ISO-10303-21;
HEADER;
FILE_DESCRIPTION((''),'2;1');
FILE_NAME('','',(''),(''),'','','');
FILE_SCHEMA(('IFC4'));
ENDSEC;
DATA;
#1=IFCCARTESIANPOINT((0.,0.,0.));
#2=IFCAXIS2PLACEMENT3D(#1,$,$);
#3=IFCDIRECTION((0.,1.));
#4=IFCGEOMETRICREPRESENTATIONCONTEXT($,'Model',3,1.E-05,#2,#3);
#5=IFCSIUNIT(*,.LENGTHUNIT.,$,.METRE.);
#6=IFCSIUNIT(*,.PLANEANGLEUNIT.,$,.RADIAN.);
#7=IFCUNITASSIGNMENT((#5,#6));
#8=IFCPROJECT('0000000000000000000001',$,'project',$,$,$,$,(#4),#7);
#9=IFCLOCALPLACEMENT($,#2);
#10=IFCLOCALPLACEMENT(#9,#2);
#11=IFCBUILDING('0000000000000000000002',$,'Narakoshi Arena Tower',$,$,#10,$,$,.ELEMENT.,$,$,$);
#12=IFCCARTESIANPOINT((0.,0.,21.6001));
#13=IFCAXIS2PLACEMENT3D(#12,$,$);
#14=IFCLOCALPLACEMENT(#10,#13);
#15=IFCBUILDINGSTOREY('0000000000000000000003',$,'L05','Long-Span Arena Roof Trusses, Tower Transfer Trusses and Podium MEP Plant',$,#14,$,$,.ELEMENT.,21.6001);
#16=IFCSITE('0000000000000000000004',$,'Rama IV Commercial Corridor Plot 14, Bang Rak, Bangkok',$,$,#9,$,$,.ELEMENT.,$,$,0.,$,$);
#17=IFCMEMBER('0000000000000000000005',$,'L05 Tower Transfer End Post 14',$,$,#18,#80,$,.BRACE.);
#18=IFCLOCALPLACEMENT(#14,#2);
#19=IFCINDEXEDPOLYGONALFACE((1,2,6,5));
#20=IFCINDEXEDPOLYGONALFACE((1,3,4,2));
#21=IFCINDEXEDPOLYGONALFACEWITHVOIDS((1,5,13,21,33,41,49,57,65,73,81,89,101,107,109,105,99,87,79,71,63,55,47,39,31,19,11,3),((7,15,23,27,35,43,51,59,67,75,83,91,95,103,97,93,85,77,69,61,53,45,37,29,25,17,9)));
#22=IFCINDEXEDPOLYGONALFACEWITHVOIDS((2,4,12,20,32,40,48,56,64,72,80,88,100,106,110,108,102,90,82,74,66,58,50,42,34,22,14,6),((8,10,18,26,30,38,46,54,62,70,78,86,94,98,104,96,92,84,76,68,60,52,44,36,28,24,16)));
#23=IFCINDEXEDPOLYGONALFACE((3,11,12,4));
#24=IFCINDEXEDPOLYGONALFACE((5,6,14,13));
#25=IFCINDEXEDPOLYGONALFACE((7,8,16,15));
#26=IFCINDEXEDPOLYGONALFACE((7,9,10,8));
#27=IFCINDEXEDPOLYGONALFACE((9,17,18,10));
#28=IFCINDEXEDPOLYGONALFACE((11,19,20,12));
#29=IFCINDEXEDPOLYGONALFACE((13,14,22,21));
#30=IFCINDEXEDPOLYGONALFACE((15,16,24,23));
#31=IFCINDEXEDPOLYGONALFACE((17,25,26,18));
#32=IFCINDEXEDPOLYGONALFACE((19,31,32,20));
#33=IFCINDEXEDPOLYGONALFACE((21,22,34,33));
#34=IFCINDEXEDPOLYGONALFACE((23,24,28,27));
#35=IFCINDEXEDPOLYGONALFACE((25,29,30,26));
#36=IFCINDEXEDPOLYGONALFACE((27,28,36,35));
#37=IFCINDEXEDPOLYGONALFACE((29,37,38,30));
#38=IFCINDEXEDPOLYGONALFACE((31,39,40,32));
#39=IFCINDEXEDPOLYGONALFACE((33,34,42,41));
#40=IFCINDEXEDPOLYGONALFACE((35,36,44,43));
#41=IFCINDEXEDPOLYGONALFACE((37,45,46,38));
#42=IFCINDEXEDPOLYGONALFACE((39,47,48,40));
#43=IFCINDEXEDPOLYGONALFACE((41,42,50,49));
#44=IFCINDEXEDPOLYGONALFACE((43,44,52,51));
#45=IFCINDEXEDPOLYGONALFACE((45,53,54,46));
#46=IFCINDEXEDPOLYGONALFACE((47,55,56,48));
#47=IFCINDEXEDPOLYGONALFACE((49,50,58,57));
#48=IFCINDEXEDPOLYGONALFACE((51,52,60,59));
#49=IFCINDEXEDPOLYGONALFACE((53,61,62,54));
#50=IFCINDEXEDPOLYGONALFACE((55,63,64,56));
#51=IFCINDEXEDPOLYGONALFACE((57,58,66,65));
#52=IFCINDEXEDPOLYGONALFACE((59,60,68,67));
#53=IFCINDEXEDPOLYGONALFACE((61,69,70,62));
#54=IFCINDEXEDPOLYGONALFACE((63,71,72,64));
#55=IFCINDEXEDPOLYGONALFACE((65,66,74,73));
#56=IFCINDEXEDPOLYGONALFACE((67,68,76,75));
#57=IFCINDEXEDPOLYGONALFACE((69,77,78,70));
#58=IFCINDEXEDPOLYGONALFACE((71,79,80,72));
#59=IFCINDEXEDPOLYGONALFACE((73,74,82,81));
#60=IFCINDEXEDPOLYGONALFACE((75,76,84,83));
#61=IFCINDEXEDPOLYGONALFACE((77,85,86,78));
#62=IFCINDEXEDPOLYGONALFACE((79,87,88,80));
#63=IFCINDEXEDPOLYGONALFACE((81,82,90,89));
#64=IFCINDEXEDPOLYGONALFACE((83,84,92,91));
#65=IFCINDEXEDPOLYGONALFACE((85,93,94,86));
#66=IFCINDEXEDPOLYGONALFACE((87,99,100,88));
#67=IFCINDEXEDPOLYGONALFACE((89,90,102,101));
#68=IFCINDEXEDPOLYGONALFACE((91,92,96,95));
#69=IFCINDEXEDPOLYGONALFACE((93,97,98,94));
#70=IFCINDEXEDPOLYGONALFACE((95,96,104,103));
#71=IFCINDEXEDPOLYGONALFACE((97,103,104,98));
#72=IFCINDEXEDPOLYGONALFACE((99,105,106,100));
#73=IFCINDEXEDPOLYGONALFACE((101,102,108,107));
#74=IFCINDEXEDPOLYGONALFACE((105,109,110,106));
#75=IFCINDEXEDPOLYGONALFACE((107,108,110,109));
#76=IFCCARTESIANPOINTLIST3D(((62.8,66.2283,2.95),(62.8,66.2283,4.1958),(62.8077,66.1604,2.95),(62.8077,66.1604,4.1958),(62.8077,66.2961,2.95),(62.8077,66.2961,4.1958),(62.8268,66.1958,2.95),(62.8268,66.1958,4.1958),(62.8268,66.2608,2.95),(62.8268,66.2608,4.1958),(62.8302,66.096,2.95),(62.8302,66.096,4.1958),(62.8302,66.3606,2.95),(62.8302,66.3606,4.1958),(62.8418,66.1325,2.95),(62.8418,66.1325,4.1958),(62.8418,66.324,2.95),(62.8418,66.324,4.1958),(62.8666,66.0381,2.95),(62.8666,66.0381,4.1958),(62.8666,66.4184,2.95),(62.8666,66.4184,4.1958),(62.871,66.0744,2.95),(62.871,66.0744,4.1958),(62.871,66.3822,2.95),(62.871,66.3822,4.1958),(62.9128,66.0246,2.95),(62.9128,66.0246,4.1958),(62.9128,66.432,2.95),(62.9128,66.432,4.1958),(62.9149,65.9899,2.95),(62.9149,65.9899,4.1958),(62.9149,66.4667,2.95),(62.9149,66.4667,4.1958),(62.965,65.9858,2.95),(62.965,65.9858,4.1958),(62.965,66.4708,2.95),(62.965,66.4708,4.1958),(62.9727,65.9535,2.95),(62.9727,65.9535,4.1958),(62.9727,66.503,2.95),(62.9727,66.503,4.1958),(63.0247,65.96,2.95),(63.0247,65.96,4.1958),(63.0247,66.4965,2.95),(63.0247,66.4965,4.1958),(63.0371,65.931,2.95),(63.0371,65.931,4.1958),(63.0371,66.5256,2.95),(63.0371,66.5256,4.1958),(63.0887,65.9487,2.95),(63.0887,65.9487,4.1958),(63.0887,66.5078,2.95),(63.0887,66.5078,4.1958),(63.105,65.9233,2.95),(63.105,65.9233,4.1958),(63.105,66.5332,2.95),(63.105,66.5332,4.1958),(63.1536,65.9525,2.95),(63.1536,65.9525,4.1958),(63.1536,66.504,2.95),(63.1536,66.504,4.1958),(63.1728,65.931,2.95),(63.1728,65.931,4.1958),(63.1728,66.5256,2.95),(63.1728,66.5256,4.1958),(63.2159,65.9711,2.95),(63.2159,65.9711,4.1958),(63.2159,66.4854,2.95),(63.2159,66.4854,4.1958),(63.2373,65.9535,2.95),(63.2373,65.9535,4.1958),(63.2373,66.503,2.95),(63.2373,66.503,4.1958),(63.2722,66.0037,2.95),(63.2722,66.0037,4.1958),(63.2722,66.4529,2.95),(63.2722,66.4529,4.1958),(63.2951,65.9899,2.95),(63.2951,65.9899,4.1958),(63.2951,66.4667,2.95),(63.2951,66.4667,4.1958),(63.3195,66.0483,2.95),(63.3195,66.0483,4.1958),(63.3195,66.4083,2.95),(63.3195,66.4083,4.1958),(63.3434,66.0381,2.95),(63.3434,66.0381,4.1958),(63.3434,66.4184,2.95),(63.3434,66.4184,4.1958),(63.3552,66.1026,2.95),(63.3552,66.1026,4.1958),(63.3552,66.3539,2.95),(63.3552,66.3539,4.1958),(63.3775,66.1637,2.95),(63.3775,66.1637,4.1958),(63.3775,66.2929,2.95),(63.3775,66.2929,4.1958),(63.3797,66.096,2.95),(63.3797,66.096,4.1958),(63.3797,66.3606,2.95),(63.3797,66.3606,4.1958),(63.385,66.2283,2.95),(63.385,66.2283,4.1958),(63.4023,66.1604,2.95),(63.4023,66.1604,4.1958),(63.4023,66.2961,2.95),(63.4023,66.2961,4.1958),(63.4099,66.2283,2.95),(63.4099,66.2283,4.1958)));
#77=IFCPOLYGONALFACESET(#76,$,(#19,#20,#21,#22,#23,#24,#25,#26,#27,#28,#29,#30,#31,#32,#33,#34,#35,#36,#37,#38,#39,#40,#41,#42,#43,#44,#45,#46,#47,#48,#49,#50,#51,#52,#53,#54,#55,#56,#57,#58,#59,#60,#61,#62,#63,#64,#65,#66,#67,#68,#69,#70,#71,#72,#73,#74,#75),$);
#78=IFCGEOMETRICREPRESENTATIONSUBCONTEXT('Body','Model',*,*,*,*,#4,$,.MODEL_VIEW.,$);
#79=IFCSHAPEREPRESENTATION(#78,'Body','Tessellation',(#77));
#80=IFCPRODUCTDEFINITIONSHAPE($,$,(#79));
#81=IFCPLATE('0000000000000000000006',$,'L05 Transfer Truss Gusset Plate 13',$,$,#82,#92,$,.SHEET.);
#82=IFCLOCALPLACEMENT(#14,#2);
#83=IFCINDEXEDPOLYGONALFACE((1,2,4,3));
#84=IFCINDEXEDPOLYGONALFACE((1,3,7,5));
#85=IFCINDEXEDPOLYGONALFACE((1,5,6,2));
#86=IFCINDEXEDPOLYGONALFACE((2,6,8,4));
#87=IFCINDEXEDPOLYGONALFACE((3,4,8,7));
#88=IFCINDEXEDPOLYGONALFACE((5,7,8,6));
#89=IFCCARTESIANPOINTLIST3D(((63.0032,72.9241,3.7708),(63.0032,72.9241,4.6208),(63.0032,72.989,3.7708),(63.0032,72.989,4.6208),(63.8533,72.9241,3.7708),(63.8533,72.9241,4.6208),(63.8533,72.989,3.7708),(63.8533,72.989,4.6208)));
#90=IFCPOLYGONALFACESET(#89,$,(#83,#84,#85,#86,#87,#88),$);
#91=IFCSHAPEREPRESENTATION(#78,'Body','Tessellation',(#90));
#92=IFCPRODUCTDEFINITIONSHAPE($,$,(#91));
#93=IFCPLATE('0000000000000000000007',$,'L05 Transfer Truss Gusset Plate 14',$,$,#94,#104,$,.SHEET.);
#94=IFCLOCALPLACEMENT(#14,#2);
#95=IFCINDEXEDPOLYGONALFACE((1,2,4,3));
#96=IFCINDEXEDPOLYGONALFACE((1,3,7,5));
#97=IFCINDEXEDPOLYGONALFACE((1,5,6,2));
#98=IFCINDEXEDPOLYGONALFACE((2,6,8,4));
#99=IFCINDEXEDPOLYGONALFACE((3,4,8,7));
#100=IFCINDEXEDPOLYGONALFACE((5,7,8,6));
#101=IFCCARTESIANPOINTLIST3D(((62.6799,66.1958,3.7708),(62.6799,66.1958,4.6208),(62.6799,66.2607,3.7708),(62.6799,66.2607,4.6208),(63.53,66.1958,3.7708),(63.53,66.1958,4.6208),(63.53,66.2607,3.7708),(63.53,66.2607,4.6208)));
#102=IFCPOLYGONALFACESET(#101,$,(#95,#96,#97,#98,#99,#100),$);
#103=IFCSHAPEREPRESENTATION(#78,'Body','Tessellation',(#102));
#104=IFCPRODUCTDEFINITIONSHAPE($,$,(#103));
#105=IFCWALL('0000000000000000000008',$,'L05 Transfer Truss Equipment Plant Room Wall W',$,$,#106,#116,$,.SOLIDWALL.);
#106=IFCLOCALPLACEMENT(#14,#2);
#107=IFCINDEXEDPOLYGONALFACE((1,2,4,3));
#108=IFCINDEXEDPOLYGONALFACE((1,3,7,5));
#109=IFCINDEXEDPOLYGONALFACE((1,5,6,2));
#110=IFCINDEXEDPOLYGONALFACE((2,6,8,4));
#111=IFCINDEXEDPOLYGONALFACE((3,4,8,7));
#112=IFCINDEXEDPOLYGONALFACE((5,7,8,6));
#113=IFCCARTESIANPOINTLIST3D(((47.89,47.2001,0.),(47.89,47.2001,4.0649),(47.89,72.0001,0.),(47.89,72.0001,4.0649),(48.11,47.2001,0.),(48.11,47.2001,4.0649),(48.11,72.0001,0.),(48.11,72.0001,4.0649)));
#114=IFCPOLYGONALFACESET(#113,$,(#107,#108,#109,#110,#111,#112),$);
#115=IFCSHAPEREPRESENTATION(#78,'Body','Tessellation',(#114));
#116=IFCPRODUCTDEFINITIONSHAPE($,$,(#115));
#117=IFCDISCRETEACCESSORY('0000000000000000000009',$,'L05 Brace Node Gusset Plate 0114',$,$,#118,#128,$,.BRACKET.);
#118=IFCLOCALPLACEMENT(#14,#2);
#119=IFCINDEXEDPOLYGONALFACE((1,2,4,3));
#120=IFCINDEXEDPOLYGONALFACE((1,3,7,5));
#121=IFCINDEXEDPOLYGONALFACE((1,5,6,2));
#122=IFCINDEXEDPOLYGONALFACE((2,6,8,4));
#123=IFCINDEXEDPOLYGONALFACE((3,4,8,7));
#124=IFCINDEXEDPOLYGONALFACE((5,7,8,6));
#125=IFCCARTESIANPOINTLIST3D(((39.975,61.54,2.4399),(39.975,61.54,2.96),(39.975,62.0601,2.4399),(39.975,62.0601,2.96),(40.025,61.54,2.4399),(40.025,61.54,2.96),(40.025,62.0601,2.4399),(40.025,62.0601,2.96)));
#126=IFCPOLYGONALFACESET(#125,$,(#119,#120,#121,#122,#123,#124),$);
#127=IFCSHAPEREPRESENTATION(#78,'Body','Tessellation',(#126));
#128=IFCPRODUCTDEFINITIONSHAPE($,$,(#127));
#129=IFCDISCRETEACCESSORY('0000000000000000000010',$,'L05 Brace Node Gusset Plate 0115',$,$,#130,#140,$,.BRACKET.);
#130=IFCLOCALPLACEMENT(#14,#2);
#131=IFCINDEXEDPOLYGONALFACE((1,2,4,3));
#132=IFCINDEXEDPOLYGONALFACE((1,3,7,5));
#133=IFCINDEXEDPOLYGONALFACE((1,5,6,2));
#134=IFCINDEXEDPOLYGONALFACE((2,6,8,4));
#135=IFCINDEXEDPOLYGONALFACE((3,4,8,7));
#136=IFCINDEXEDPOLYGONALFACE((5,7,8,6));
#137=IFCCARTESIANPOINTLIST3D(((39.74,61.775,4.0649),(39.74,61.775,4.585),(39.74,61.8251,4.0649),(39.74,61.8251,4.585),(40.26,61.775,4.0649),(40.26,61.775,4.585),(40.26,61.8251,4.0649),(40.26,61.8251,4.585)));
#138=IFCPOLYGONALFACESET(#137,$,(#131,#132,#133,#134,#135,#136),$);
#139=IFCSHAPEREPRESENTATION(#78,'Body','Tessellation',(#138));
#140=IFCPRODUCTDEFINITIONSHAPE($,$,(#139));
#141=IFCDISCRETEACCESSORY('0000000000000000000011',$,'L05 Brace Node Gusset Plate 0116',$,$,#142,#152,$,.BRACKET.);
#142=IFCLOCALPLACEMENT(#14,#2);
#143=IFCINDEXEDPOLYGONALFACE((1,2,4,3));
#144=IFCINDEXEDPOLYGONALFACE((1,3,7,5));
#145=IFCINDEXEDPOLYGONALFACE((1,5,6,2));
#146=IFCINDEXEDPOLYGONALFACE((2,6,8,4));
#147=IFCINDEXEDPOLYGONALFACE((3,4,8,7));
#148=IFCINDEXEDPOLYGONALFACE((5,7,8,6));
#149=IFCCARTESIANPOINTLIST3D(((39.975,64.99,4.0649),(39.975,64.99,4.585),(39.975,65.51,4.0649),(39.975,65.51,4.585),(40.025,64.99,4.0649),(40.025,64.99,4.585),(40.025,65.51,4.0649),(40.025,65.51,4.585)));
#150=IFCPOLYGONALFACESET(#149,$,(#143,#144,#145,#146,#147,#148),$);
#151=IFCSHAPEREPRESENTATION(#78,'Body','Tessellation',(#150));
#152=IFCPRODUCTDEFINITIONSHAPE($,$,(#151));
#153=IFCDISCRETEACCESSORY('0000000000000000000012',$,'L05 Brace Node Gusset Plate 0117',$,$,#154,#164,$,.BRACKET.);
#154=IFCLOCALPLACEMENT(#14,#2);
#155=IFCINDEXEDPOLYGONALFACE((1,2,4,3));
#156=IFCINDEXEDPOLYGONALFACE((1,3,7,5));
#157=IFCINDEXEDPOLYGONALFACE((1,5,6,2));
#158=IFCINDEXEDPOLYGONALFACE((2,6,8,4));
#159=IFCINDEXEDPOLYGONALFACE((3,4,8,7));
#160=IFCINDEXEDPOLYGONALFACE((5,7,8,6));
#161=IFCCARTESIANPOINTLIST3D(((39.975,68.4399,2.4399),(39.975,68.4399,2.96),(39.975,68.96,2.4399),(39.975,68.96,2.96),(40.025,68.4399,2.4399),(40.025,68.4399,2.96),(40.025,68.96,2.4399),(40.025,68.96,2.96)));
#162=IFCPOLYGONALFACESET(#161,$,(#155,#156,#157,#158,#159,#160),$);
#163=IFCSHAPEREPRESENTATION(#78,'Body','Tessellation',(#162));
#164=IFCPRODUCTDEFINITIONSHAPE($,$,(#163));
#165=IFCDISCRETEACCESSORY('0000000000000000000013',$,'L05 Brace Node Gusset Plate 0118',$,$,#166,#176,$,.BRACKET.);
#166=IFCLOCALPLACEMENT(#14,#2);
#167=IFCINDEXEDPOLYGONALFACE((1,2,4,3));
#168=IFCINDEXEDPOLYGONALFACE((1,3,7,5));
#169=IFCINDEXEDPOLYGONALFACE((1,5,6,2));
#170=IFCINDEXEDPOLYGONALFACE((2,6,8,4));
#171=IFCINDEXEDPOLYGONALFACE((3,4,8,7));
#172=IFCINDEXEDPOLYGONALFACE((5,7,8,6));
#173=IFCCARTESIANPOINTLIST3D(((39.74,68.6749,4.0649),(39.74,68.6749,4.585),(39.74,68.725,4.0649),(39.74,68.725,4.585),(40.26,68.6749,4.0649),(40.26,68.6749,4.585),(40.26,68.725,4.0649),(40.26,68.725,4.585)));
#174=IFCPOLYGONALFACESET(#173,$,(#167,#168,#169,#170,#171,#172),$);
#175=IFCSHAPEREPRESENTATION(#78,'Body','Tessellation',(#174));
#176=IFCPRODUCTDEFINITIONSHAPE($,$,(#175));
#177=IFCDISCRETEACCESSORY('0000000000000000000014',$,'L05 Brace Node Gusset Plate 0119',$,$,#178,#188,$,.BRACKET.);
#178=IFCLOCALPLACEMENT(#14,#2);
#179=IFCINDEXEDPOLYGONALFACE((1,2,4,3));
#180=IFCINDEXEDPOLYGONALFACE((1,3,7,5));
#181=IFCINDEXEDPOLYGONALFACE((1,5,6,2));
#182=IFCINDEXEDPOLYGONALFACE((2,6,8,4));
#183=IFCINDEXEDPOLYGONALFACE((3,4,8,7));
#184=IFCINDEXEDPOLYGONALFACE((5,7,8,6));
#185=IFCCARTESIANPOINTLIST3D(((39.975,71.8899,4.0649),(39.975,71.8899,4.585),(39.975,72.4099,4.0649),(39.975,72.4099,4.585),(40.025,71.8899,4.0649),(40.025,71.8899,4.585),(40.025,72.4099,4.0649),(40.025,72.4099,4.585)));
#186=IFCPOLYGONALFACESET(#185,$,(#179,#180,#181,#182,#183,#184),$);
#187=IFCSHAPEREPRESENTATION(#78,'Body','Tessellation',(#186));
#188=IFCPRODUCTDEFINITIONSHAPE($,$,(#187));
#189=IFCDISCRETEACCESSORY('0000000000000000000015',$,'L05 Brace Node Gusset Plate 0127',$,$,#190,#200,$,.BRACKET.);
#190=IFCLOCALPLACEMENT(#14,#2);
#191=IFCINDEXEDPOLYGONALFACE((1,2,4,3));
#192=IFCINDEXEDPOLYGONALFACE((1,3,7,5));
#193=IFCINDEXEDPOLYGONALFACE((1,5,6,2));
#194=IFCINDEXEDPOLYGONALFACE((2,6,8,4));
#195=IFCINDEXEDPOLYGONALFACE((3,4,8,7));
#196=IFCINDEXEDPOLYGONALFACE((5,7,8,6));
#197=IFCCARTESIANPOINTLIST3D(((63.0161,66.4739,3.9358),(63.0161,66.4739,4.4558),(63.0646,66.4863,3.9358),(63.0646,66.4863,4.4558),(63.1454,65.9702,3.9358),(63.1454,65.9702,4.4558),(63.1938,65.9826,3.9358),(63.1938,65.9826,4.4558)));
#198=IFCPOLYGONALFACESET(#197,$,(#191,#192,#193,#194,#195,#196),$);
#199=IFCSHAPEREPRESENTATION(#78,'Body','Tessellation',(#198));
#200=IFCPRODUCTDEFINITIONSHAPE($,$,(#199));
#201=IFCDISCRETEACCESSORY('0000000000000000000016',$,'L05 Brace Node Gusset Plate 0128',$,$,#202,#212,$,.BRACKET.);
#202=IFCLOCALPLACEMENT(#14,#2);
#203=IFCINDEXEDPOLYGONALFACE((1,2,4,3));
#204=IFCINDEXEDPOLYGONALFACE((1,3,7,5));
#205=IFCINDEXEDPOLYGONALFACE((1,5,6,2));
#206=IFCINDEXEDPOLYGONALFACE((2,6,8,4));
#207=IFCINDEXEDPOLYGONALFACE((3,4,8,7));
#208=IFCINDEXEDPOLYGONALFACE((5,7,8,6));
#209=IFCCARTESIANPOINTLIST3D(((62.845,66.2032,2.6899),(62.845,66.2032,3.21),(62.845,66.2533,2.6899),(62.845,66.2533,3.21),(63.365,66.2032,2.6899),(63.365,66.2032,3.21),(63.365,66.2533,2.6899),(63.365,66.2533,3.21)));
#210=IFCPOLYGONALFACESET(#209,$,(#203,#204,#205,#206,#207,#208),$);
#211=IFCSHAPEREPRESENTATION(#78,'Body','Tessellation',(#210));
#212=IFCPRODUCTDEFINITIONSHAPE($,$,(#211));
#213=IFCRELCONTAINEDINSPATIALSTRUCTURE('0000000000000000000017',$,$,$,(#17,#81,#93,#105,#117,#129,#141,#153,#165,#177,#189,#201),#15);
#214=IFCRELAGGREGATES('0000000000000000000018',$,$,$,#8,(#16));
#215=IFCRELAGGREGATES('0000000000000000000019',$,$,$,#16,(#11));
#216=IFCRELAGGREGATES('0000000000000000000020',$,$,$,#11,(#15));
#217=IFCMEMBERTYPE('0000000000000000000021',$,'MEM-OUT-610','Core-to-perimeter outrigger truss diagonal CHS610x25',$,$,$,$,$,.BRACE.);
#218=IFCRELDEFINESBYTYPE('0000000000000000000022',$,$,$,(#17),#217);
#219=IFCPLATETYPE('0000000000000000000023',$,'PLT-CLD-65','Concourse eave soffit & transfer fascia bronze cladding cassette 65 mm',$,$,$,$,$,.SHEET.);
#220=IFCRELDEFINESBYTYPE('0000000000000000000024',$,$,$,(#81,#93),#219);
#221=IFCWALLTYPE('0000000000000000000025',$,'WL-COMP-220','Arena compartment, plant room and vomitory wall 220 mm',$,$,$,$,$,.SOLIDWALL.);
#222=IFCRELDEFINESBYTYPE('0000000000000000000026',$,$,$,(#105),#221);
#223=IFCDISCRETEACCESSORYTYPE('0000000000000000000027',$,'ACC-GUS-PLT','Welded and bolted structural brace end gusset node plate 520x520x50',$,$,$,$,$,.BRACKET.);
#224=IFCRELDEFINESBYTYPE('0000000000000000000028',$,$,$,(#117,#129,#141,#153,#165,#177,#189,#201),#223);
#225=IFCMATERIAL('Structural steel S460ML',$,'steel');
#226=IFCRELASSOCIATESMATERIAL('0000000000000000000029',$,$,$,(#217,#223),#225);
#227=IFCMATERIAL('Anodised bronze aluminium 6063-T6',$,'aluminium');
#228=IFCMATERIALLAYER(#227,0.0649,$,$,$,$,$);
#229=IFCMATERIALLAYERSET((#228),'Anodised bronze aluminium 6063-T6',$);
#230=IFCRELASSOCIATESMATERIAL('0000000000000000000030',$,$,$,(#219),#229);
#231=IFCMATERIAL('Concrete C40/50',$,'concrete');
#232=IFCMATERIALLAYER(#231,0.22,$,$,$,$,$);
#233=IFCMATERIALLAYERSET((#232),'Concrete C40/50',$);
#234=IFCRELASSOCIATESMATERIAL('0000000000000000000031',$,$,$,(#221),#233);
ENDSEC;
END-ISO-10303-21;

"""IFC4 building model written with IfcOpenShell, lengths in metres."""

from ifc_helpers import new_model, si_unit, direction, frame, frame_2d, origin, origin_2d, place, context, subcontext, project, spatial, rectangle, hollow_circle, extrude, material, layer, layer_set, material_profile, profile_set, type_object, element, save


model = new_model("IFC4")

# Units and contexts
model_context = context("Model", 3, precision=1e-05, world=origin(), true_north=direction((0.0, 1.0)))
body_context = subcontext(model_context, "Body", "Model", "MODEL_VIEW")
ifc_project = project(units=[si_unit("LENGTHUNIT", "METRE"), si_unit("PLANEANGLEUNIT", "RADIAN")], contexts=[model_context])

# Site, building, storey
site_placement = place(None, origin())
site = spatial("IfcSite", under=ifc_project, at=site_placement, Name="Rama IV Commercial Corridor Plot 14, Bang Rak, Bangkok", CompositionType="ELEMENT", RefElevation=0.0)
building_placement = place(site_placement, origin())
building = spatial("IfcBuilding", under=site, at=building_placement, Name="Narakoshi Arena Tower", CompositionType="ELEMENT")
storey_placement = place(building_placement, frame((0.0, 0.0, 21.6001)))
storey = spatial("IfcBuildingStorey", under=building, at=storey_placement, Name="L05", Description="Long-Span Arena Roof Trusses, Tower Transfer Trusses and Podium MEP Plant", CompositionType="ELEMENT", Elevation=21.6001)

# Member
ifc_material_1 = material(Name="Structural steel S460ML", Category="steel")
ifc_material_profile_1 = material_profile(ifc_material_1, hollow_circle(Radius=0.3049, WallThickness=0.0249, at=origin_2d()), Name="CHS610x25")
ifc_profile_set_1 = profile_set([ifc_material_profile_1], Name="Structural steel S460ML")
member_type_1 = type_object("IfcMemberType", Name="MEM-OUT-610", Description="Core-to-perimeter outrigger truss diagonal CHS610x25", PredefinedType="BRACE", material=ifc_profile_set_1)
for number, where, z_axis, x_axis, name in (
    (1, (63.105, 66.2283, 2.95), (0.0, 0.0, 1.0), (1.0, 0.0, 0.0), "L05 Tower Transfer End Post 14"),
):
    element("IfcMember", number, at=place(storey_placement, frame(where, z_axis=z_axis, x_axis=x_axis)), inside=storey, type_object=member_type_1, Name=name, PredefinedType="BRACE", context=body_context, shape_type="SweptSolid", body=[
        extrude(hollow_circle(Radius=0.3049, WallThickness=0.0249, at=origin_2d()), origin(), (0.0, 0.0, 1.0), 1.2458),
    ])

# Plates
ifc_material_2 = material(Name="Anodised bronze aluminium 6063-T6", Category="aluminium")
ifc_layer_1 = layer(ifc_material_2, 0.0649)
ifc_layer_set_1 = layer_set([ifc_layer_1], Name="Anodised bronze aluminium 6063-T6")
plate_type = type_object("IfcPlateType", Name="PLT-CLD-65", Description="Concourse eave soffit & transfer fascia bronze cladding cassette 65 mm", PredefinedType="SHEET", material=ifc_layer_set_1)
for number, where, z_axis, x_axis, name in (
    (2, (63.4282, 72.9565, 3.7708), (0.0, 0.0, 1.0), (1.0, 0.0, 0.0), "L05 Transfer Truss Gusset Plate 13"),
    (3, (63.105, 66.2283, 3.7708), (0.0, 0.0, 1.0), (1.0, 0.0, 0.0), "L05 Transfer Truss Gusset Plate 14"),
):
    element("IfcPlate", number, at=place(storey_placement, frame(where, z_axis=z_axis, x_axis=x_axis)), inside=storey, type_object=plate_type, Name=name, PredefinedType="SHEET", context=body_context, shape_type="SweptSolid", body=[
        extrude(rectangle(XDim=0.8501, YDim=0.0649, at=origin_2d()), origin(), (0.0, 0.0, 1.0), 0.8501),
    ])

# Wall
ifc_material_3 = material(Name="Concrete C40/50", Category="concrete")
ifc_layer_2 = layer(ifc_material_3, 0.22)
ifc_layer_set_2 = layer_set([ifc_layer_2], Name="Concrete C40/50")
wall_type = type_object("IfcWallType", Name="WL-COMP-220", Description="Arena compartment, plant room and vomitory wall 220 mm", PredefinedType="SOLIDWALL", material=ifc_layer_set_2)
wall_placement = place(storey_placement, frame((48.0, 72.0, 0.0), z_axis=(0.0, 0.0, 1.0), x_axis=(0.0, -1.0, 0.0)))
element("IfcWall", 4, at=wall_placement, inside=storey, type_object=wall_type, Name="L05 Transfer Truss Equipment Plant Room Wall W", PredefinedType="SOLIDWALL", context=body_context, shape_type="SweptSolid", body=[
    extrude(rectangle(XDim=24.8, YDim=0.22, at=frame_2d((12.3999, 0.0))), origin(), (0.0, 0.0, 1.0), 4.0649),
])

# Discrete accessories
discrete_accessory_type = type_object("IfcDiscreteAccessoryType", Name="ACC-GUS-PLT", Description="Welded and bolted structural brace end gusset node plate 520x520x50", PredefinedType="BRACKET", material=ifc_material_1)
for number, where, z_axis, x_axis, name in (
    (5, (40.0, 61.8, 2.4399), (0.0, 0.0, 1.0), (0.0, 1.0, 0.0), "L05 Brace Node Gusset Plate 0114"),
    (6, (40.0, 61.8, 4.0649), (0.0, 0.0, 1.0), (1.0, 0.0, 0.0), "L05 Brace Node Gusset Plate 0115"),
    (7, (40.0, 65.25, 4.0649), (0.0, 0.0, 1.0), (0.0, 1.0, 0.0), "L05 Brace Node Gusset Plate 0116"),
    (8, (40.0, 68.7, 2.4399), (0.0, 0.0, 1.0), (0.0, 1.0, 0.0), "L05 Brace Node Gusset Plate 0117"),
    (9, (40.0, 68.7, 4.0649), (0.0, 0.0, 1.0), (1.0, 0.0, 0.0), "L05 Brace Node Gusset Plate 0118"),
    (10, (40.0, 72.1499, 4.0649), (0.0, 0.0, 1.0), (0.0, 1.0, 0.0), "L05 Brace Node Gusset Plate 0119"),
    (11, (63.105, 66.2283, 3.9358), (0.0, 0.0, 1.0), (-0.248521, 0.968627, 0.0), "L05 Brace Node Gusset Plate 0127"),
    (12, (63.105, 66.2283, 2.6899), (0.0, 0.0, 1.0), (1.0, 0.0, 0.0), "L05 Brace Node Gusset Plate 0128"),
):
    element("IfcDiscreteAccessory", number, at=place(storey_placement, frame(where, z_axis=z_axis, x_axis=x_axis)), inside=storey, type_object=discrete_accessory_type, Name=name, PredefinedType="BRACKET", context=body_context, shape_type="SweptSolid", body=[
        extrude(rectangle(XDim=0.52, YDim=0.05, at=origin_2d()), origin(), (0.0, 0.0, 1.0), 0.52),
    ])

save(model, "model.ifc")
